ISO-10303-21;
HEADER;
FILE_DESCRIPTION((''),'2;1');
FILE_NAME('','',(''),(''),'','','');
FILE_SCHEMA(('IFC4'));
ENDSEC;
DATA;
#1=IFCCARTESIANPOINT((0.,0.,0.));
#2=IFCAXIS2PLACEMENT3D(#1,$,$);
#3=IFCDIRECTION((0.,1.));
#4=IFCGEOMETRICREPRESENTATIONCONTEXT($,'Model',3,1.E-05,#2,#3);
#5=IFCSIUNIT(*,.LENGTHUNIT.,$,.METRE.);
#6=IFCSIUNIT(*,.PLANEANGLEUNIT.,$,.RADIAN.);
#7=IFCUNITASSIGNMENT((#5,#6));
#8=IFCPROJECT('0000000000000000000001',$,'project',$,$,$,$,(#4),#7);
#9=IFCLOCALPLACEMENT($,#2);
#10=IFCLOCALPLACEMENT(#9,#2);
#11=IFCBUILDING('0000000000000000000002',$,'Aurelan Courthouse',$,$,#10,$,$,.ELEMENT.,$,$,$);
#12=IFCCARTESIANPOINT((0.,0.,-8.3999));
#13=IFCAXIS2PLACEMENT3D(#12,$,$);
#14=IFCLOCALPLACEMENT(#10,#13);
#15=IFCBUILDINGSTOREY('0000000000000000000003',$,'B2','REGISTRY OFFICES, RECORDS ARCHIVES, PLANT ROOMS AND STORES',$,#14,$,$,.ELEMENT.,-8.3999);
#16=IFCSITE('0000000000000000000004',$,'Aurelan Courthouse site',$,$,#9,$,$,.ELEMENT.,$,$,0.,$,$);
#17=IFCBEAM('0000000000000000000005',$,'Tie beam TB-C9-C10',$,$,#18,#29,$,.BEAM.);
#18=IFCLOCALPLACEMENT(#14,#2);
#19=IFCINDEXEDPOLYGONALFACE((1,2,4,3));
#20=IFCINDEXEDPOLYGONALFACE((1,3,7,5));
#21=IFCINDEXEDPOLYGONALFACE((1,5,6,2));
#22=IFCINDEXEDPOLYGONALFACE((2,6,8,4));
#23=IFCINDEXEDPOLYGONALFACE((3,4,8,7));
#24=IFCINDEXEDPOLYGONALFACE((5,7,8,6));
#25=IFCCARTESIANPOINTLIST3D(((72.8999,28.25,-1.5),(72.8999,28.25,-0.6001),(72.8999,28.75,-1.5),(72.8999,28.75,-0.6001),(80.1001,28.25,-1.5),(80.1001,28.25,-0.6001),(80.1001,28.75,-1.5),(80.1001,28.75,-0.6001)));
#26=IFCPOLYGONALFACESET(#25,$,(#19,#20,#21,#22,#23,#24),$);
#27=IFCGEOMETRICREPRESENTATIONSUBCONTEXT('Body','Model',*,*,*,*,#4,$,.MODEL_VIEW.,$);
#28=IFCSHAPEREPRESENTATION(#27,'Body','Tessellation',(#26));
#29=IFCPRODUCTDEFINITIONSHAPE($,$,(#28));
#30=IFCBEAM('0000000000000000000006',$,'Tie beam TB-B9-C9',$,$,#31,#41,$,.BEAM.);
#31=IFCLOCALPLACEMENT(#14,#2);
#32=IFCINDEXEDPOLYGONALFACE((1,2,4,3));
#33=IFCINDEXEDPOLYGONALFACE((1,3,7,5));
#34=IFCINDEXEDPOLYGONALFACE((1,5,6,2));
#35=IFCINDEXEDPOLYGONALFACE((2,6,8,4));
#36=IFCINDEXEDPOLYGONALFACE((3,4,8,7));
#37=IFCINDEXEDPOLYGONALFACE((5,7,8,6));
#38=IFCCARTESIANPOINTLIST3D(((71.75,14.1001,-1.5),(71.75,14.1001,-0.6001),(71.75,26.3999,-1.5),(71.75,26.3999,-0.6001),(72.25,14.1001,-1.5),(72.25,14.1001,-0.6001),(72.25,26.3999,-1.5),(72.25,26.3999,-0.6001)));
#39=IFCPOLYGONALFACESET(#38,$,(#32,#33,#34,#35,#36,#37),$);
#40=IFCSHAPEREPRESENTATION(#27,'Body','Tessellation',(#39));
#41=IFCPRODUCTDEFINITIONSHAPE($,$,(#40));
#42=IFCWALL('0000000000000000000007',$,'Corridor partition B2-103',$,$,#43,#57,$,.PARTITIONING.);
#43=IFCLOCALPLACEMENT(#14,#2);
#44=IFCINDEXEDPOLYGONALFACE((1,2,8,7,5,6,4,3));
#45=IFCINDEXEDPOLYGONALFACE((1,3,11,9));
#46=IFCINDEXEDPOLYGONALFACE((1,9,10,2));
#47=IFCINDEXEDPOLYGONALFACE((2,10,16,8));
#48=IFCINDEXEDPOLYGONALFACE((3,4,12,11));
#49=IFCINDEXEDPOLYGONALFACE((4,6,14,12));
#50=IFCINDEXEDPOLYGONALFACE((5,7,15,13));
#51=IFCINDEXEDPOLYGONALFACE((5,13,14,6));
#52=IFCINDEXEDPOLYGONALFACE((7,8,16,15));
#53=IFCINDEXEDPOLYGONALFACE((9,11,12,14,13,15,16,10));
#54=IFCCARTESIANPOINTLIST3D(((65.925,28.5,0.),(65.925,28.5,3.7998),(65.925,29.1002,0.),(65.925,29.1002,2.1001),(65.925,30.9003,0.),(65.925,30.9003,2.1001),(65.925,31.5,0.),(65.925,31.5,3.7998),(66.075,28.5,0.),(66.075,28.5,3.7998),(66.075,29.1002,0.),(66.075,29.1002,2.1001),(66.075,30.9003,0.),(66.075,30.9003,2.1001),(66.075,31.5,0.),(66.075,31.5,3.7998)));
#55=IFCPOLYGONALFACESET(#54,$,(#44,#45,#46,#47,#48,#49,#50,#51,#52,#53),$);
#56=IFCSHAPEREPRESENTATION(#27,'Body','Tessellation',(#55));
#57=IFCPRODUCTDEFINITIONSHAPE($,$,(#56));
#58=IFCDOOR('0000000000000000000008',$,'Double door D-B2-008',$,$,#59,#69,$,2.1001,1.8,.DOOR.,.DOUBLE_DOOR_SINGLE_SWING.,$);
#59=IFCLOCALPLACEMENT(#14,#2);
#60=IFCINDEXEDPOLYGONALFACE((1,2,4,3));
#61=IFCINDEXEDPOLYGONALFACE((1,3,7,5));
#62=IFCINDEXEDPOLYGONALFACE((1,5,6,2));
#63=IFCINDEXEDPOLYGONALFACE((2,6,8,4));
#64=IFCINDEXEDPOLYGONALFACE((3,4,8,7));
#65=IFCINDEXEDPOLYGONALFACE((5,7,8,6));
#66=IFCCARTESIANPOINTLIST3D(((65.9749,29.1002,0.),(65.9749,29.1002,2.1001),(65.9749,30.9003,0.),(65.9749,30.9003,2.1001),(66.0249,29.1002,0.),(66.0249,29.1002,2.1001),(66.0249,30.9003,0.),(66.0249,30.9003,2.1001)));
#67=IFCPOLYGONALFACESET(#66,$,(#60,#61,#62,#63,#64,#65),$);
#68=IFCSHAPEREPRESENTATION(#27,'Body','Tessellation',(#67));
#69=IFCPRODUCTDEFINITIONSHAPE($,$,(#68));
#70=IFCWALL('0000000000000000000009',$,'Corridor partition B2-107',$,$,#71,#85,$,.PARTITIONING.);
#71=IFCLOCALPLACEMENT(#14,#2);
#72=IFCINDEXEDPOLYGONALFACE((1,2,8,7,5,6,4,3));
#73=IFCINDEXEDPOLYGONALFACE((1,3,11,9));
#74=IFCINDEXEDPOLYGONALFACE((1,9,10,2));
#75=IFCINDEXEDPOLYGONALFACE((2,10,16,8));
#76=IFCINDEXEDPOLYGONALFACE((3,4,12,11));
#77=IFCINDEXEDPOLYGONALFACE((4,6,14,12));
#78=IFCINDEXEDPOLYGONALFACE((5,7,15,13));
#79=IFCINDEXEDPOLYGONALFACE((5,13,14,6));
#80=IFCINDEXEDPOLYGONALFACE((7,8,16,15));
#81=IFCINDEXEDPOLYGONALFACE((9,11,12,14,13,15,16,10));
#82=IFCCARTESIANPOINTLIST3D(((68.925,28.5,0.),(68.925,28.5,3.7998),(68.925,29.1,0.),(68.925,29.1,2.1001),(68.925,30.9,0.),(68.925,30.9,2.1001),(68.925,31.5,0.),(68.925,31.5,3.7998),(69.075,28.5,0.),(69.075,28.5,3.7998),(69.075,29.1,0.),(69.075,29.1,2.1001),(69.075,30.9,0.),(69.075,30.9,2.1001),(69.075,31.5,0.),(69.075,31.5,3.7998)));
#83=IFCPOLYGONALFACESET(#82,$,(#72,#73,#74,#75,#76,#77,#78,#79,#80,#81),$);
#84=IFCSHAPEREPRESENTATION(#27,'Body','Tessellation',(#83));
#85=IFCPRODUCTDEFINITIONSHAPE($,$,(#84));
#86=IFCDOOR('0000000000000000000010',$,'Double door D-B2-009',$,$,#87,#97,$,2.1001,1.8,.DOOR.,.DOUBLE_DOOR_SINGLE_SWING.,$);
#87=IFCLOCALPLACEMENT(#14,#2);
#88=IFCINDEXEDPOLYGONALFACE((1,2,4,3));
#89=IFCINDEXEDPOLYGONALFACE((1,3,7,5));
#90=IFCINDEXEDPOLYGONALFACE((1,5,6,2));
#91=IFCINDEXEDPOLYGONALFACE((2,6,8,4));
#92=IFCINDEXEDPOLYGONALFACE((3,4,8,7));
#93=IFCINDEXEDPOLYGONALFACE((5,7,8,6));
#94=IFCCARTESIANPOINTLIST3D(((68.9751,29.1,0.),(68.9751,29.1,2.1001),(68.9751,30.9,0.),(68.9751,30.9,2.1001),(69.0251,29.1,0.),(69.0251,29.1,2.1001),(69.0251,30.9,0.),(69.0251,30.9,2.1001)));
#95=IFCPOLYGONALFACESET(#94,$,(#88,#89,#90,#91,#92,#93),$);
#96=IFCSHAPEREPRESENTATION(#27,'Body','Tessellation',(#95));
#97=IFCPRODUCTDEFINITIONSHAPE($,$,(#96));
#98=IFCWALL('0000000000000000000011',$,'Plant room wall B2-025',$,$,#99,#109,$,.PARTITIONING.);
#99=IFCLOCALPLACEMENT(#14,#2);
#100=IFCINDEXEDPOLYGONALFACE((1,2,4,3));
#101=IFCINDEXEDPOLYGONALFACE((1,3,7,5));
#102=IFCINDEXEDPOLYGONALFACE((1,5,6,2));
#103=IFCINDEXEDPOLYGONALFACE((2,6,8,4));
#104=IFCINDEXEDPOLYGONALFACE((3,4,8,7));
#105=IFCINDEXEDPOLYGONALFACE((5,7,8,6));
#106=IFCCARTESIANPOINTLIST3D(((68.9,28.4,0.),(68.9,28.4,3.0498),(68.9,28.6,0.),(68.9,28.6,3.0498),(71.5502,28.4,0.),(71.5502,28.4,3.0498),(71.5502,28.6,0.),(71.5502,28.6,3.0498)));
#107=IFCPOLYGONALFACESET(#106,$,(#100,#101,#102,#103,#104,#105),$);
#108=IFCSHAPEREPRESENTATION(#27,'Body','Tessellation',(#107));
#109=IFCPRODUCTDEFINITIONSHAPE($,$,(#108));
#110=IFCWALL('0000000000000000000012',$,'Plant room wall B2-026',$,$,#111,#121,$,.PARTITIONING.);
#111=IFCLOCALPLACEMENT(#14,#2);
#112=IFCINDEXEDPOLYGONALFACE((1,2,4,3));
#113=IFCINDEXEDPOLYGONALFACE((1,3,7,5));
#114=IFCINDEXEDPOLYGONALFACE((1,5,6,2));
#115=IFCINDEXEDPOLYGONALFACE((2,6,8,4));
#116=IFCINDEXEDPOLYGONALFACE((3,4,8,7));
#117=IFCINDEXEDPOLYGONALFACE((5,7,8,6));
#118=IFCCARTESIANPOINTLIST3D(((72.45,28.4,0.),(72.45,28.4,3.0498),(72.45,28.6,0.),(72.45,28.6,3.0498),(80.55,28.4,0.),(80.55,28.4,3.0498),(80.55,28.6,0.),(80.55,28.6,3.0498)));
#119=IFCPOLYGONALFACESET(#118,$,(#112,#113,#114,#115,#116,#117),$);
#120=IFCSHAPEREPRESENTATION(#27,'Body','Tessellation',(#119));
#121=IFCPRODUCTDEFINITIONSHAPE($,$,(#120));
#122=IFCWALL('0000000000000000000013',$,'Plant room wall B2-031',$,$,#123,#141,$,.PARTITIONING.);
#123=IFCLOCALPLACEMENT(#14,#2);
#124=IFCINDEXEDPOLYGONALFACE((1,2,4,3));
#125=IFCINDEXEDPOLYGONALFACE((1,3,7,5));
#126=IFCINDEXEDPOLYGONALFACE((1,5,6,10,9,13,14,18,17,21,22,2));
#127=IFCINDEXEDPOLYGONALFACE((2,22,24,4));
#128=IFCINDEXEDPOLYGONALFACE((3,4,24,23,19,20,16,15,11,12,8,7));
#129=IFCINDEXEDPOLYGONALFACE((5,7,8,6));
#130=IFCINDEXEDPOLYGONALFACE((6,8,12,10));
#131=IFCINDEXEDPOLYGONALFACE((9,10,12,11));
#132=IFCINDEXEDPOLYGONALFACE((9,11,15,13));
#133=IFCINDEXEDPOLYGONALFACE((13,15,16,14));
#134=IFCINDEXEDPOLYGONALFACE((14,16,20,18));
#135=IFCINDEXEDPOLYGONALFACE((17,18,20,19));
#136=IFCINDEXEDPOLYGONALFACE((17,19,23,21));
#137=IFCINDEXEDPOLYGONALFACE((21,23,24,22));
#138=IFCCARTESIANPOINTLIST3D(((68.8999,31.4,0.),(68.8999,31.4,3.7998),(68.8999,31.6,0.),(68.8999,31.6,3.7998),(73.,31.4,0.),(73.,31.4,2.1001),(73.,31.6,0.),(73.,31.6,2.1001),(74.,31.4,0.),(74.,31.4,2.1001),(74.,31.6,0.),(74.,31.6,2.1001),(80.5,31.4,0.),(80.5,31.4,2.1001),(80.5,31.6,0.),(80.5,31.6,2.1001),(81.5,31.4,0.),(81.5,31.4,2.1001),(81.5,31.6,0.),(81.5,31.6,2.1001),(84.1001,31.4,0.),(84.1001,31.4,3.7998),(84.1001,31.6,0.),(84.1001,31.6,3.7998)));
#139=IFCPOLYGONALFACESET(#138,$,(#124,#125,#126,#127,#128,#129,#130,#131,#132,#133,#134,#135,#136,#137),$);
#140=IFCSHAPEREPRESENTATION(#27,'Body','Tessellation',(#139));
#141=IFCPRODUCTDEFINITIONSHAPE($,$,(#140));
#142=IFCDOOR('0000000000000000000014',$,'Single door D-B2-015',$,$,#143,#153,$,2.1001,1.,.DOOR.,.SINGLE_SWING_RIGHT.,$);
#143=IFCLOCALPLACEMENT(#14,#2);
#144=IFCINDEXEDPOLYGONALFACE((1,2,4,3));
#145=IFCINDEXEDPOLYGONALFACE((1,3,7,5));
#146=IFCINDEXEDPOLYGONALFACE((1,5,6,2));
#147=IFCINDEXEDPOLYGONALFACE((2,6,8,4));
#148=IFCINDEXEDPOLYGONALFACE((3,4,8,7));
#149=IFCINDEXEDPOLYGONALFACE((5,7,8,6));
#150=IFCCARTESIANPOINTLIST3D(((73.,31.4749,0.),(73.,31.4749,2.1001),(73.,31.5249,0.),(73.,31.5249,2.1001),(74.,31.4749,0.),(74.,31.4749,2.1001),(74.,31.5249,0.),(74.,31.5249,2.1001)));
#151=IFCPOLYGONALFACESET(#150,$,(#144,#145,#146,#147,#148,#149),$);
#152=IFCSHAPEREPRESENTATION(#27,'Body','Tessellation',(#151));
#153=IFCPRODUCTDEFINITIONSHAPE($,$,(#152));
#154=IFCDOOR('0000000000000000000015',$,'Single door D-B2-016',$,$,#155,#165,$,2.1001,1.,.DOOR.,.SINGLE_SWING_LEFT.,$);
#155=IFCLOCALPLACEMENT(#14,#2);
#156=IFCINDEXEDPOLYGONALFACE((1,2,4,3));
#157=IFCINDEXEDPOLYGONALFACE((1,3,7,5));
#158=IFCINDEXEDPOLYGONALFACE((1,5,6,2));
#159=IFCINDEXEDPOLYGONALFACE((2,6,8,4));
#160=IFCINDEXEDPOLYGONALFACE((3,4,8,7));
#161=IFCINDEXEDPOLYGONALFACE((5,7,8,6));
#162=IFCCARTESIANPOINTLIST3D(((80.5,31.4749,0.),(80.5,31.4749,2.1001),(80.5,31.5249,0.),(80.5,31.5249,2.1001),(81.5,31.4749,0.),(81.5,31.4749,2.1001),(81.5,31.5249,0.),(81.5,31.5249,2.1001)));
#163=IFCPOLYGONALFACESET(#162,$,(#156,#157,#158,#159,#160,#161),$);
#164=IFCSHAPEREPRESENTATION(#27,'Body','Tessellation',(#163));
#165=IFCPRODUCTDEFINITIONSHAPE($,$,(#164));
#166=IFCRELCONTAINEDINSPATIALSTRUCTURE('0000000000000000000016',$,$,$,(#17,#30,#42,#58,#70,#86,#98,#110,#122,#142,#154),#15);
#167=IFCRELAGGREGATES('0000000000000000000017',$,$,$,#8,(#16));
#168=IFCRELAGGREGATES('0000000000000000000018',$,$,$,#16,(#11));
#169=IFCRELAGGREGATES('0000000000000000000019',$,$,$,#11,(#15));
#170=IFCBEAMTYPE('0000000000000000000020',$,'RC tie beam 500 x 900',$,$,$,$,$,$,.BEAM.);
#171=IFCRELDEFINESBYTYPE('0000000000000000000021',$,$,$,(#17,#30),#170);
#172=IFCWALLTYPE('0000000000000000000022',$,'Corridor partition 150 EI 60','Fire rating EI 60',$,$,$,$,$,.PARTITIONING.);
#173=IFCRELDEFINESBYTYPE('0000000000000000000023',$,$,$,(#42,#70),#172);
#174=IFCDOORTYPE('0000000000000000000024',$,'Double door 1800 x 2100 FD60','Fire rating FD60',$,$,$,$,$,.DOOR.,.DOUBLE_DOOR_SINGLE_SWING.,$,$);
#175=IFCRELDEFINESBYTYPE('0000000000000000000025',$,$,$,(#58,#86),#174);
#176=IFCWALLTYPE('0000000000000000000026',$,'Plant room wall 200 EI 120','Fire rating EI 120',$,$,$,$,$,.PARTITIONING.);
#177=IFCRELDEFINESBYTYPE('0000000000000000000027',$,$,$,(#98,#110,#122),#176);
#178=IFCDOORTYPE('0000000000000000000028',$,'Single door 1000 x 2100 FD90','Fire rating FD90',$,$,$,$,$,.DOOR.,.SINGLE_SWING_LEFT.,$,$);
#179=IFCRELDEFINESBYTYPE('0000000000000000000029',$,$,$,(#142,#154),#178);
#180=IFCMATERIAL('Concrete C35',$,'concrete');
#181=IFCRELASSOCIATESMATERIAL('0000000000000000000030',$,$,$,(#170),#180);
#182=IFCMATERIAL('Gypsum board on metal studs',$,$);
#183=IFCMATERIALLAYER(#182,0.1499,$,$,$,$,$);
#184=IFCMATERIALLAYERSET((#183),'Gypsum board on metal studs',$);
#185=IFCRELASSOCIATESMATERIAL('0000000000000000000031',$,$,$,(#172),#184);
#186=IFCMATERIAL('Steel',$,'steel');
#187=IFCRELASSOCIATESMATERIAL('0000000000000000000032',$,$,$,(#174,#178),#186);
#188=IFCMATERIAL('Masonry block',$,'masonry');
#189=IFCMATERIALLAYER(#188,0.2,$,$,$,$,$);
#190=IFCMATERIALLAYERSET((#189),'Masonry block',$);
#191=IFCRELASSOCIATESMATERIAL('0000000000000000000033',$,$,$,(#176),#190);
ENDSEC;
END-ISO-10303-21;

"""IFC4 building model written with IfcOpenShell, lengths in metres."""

from ifc_helpers import new_model, si_unit, direction, frame, frame_2d, origin, origin_2d, place, context, subcontext, project, spatial, rectangle, extrude, material, layer, layer_set, material_profile, profile_set, type_object, element, fill, save


model = new_model("IFC4")

# Units and contexts
model_context = context("Model", 3, precision=1e-05, world=origin(), true_north=direction((0.0, 1.0)))
body_context = subcontext(model_context, "Body", "Model", "MODEL_VIEW")
ifc_project = project(units=[si_unit("LENGTHUNIT", "METRE"), si_unit("PLANEANGLEUNIT", "RADIAN")], contexts=[model_context])

# Site, building, storey
site_placement = place(None, origin())
site = spatial("IfcSite", under=ifc_project, at=site_placement, Name="Aurelan Courthouse site", CompositionType="ELEMENT", RefElevation=0.0)
building_placement = place(site_placement, origin())
building = spatial("IfcBuilding", under=site, at=building_placement, Name="Aurelan Courthouse", CompositionType="ELEMENT")
storey_placement = place(building_placement, frame((0.0, 0.0, -8.3999)))
storey = spatial("IfcBuildingStorey", under=building, at=storey_placement, Name="B2", Description="REGISTRY OFFICES, RECORDS ARCHIVES, PLANT ROOMS AND STORES", CompositionType="ELEMENT", Elevation=-8.3999)

# Shared definitions
ifc_material_1 = material(Name="Concrete C35", Category="concrete")

# Beams
ifc_material_profile_1 = material_profile(ifc_material_1, rectangle(XDim=0.5, YDim=0.8999, at=origin_2d()), Name="RC 500 x 900")
ifc_profile_set_1 = profile_set([ifc_material_profile_1], Name="Concrete C35")
beam_type_1 = type_object("IfcBeamType", Name="RC tie beam 500 x 900", PredefinedType="BEAM", material=ifc_profile_set_1)
beam_1_placement = place(storey_placement, frame((72.8999, 28.5, -1.05), z_axis=(1.0, 0.0, 0.0), x_axis=(0.0, 1.0, 0.0)))
element("IfcBeam", 1, at=beam_1_placement, inside=storey, type_object=beam_type_1, Name="Tie beam TB-C9-C10", PredefinedType="BEAM", context=body_context, shape_type="SweptSolid", body=[
    extrude(rectangle(XDim=0.5, YDim=0.8999, at=origin_2d()), origin(), (0.0, 0.0, 1.0), 7.2002),
])
beam_2_placement = place(storey_placement, frame((72.0, 14.1001, -1.05), z_axis=(0.0, 1.0, 0.0), x_axis=(-1.0, 0.0, 0.0)))
element("IfcBeam", 2, at=beam_2_placement, inside=storey, type_object=beam_type_1, Name="Tie beam TB-B9-C9", PredefinedType="BEAM", context=body_context, shape_type="SweptSolid", body=[
    extrude(rectangle(XDim=0.5, YDim=0.8999, at=origin_2d()), origin(), (0.0, 0.0, 1.0), 12.2998),
])

# Walls, openings, doors
ifc_material_2 = material(Name="Gypsum board on metal studs")
ifc_layer_1 = layer(ifc_material_2, 0.1499)
ifc_layer_set_1 = layer_set([ifc_layer_1], Name="Gypsum board on metal studs")
wall_type_1 = type_object("IfcWallType", Name="Corridor partition 150 EI 60", Description="Fire rating EI 60", PredefinedType="PARTITIONING", material=ifc_layer_set_1)
wall_1_placement = place(storey_placement, frame((66.0, 28.5, 0.0), z_axis=(0.0, 0.0, 1.0), x_axis=(0.0, 1.0, 0.0)))
wall_1 = element("IfcWall", 3, at=wall_1_placement, inside=storey, type_object=wall_type_1, Name="Corridor partition B2-103", PredefinedType="PARTITIONING", context=body_context, shape_type="SweptSolid", body=[
    extrude(rectangle(XDim=3.0, YDim=0.1499, at=frame_2d((1.5, 0.0))), origin(), (0.0, 0.0, 1.0), 3.7998),
])
opening_1_placement = place(wall_1_placement, frame((2.4001, 0.0, 0.0), z_axis=(0.0, 0.0, 1.0), x_axis=(-1.0, 0.0, 0.0)))
opening_1 = element("IfcOpeningElement", 4, at=opening_1_placement, cuts=wall_1, PredefinedType="OPENING", context=body_context, shape_type="SweptSolid", body=[
    extrude(rectangle(XDim=1.8, YDim=2.1001, at=frame_2d((0.8999, 1.05))), frame((0.0, 0.085, 0.0), z_axis=(0.0, -1.0, 0.0), x_axis=(1.0, 0.0, 0.0)), (0.0, 0.0, 1.0), 0.1699),
])
ifc_material_3 = material(Name="Steel", Category="steel")
door_type_1 = type_object("IfcDoorType", Name="Double door 1800 x 2100 FD60", Description="Fire rating FD60", OperationType="DOUBLE_DOOR_SINGLE_SWING", PredefinedType="DOOR", material=ifc_material_3)
door_1_placement = place(opening_1_placement, origin())
door_1 = element("IfcDoor", 5, at=door_1_placement, inside=storey, type_object=door_type_1, Name="Double door D-B2-008", OperationType="DOUBLE_DOOR_SINGLE_SWING", OverallHeight=2.1001, OverallWidth=1.8, PredefinedType="DOOR", context=body_context, shape_type="SweptSolid", body=[
    extrude(rectangle(XDim=1.8, YDim=2.1001, at=frame_2d((0.8999, 1.05))), frame((0.0, 0.0249, 0.0), z_axis=(0.0, -1.0, 0.0), x_axis=(1.0, 0.0, 0.0)), (0.0, 0.0, 1.0), 0.05),
])
fill(opening_1, door_1)
wall_2_placement = place(storey_placement, frame((69.0, 28.5, 0.0), z_axis=(0.0, 0.0, 1.0), x_axis=(0.0, 1.0, 0.0)))
wall_2 = element("IfcWall", 6, at=wall_2_placement, inside=storey, type_object=wall_type_1, Name="Corridor partition B2-107", PredefinedType="PARTITIONING", context=body_context, shape_type="SweptSolid", body=[
    extrude(rectangle(XDim=3.0, YDim=0.1499, at=frame_2d((1.5, 0.0))), origin(), (0.0, 0.0, 1.0), 3.7998),
])
opening_2_placement = place(wall_2_placement, frame((0.6001, 0.0, 0.0)))
opening_2 = element("IfcOpeningElement", 7, at=opening_2_placement, cuts=wall_2, PredefinedType="OPENING", context=body_context, shape_type="SweptSolid", body=[
    extrude(rectangle(XDim=1.8, YDim=2.1001, at=frame_2d((0.8999, 1.05))), frame((0.0, 0.085, 0.0), z_axis=(0.0, -1.0, 0.0), x_axis=(1.0, 0.0, 0.0)), (0.0, 0.0, 1.0), 0.1699),
])
door_2_placement = place(opening_2_placement, origin())
door_2 = element("IfcDoor", 8, at=door_2_placement, inside=storey, type_object=door_type_1, Name="Double door D-B2-009", OperationType="DOUBLE_DOOR_SINGLE_SWING", OverallHeight=2.1001, OverallWidth=1.8, PredefinedType="DOOR", context=body_context, shape_type="SweptSolid", body=[
    extrude(rectangle(XDim=1.8, YDim=2.1001, at=frame_2d((0.8999, 1.05))), frame((0.0, 0.0249, 0.0), z_axis=(0.0, -1.0, 0.0), x_axis=(1.0, 0.0, 0.0)), (0.0, 0.0, 1.0), 0.05),
])
fill(opening_2, door_2)

# Walls
ifc_material_4 = material(Name="Masonry block", Category="masonry")
ifc_layer_2 = layer(ifc_material_4, 0.2)
ifc_layer_set_2 = layer_set([ifc_layer_2], Name="Masonry block")
wall_type_2 = type_object("IfcWallType", Name="Plant room wall 200 EI 120", Description="Fire rating EI 120", PredefinedType="PARTITIONING", material=ifc_layer_set_2)
wall_3_placement = place(storey_placement, frame((68.8999, 28.5, 0.0), z_axis=(0.0, 0.0, 1.0), x_axis=(1.0, 0.0, 0.0)))
element("IfcWall", 9, at=wall_3_placement, inside=storey, type_object=wall_type_2, Name="Plant room wall B2-025", PredefinedType="PARTITIONING", context=body_context, shape_type="SweptSolid", body=[
    extrude(rectangle(XDim=2.6501, YDim=0.2, at=frame_2d((1.3252, 0.0))), origin(), (0.0, 0.0, 1.0), 3.0498),
])
wall_4_placement = place(storey_placement, frame((72.45, 28.5, 0.0), z_axis=(0.0, 0.0, 1.0), x_axis=(1.0, 0.0, 0.0)))
element("IfcWall", 10, at=wall_4_placement, inside=storey, type_object=wall_type_2, Name="Plant room wall B2-026", PredefinedType="PARTITIONING", context=body_context, shape_type="SweptSolid", body=[
    extrude(rectangle(XDim=8.1001, YDim=0.2, at=frame_2d((4.05, 0.0))), origin(), (0.0, 0.0, 1.0), 3.0498),
])

# Wall, openings, doors
wall_5_placement = place(storey_placement, frame((68.8999, 31.5, 0.0), z_axis=(0.0, 0.0, 1.0), x_axis=(1.0, 0.0, 0.0)))
wall_5 = element("IfcWall", 11, at=wall_5_placement, inside=storey, type_object=wall_type_2, Name="Plant room wall B2-031", PredefinedType="PARTITIONING", context=body_context, shape_type="SweptSolid", body=[
    extrude(rectangle(XDim=15.2002, YDim=0.2, at=frame_2d((7.6001, 0.0))), origin(), (0.0, 0.0, 1.0), 3.7998),
])
opening_3_placement = place(wall_5_placement, frame((4.1001, 0.0, 0.0)))
opening_3 = element("IfcOpeningElement", 12, at=opening_3_placement, cuts=wall_5, PredefinedType="OPENING", context=body_context, shape_type="SweptSolid", body=[
    extrude(rectangle(XDim=1.0, YDim=2.1001, at=frame_2d((0.5, 1.05))), frame((0.0, 0.1099, 0.0), z_axis=(0.0, -1.0, 0.0), x_axis=(1.0, 0.0, 0.0)), (0.0, 0.0, 1.0), 0.22),
])
opening_4_placement = place(wall_5_placement, frame((11.6001, 0.0, 0.0)))
opening_4 = element("IfcOpeningElement", 13, at=opening_4_placement, cuts=wall_5, PredefinedType="OPENING", context=body_context, shape_type="SweptSolid", body=[
    extrude(rectangle(XDim=1.0, YDim=2.1001, at=frame_2d((0.5, 1.05))), frame((0.0, 0.1099, 0.0), z_axis=(0.0, -1.0, 0.0), x_axis=(1.0, 0.0, 0.0)), (0.0, 0.0, 1.0), 0.22),
])
door_type_2 = type_object("IfcDoorType", Name="Single door 1000 x 2100 FD90", Description="Fire rating FD90", OperationType="SINGLE_SWING_LEFT", PredefinedType="DOOR", material=ifc_material_3)
door_3_placement = place(opening_3_placement, origin())
door_3 = element("IfcDoor", 14, at=door_3_placement, inside=storey, type_object=door_type_2, Name="Single door D-B2-015", OperationType="SINGLE_SWING_RIGHT", OverallHeight=2.1001, OverallWidth=1.0, PredefinedType="DOOR", context=body_context, shape_type="SweptSolid", body=[
    extrude(rectangle(XDim=1.0, YDim=2.1001, at=frame_2d((0.5, 1.05))), frame((0.0, 0.0249, 0.0), z_axis=(0.0, -1.0, 0.0), x_axis=(1.0, 0.0, 0.0)), (0.0, 0.0, 1.0), 0.05),
])
fill(opening_3, door_3)
door_4_placement = place(opening_4_placement, origin())
door_4 = element("IfcDoor", 15, at=door_4_placement, inside=storey, type_object=door_type_2, Name="Single door D-B2-016", OperationType="SINGLE_SWING_LEFT", OverallHeight=2.1001, OverallWidth=1.0, PredefinedType="DOOR", context=body_context, shape_type="SweptSolid", body=[
    extrude(rectangle(XDim=1.0, YDim=2.1001, at=frame_2d((0.5, 1.05))), frame((0.0, 0.0249, 0.0), z_axis=(0.0, -1.0, 0.0), x_axis=(1.0, 0.0, 0.0)), (0.0, 0.0, 1.0), 0.05),
])
fill(opening_4, door_4)

save(model, "model.ifc")
